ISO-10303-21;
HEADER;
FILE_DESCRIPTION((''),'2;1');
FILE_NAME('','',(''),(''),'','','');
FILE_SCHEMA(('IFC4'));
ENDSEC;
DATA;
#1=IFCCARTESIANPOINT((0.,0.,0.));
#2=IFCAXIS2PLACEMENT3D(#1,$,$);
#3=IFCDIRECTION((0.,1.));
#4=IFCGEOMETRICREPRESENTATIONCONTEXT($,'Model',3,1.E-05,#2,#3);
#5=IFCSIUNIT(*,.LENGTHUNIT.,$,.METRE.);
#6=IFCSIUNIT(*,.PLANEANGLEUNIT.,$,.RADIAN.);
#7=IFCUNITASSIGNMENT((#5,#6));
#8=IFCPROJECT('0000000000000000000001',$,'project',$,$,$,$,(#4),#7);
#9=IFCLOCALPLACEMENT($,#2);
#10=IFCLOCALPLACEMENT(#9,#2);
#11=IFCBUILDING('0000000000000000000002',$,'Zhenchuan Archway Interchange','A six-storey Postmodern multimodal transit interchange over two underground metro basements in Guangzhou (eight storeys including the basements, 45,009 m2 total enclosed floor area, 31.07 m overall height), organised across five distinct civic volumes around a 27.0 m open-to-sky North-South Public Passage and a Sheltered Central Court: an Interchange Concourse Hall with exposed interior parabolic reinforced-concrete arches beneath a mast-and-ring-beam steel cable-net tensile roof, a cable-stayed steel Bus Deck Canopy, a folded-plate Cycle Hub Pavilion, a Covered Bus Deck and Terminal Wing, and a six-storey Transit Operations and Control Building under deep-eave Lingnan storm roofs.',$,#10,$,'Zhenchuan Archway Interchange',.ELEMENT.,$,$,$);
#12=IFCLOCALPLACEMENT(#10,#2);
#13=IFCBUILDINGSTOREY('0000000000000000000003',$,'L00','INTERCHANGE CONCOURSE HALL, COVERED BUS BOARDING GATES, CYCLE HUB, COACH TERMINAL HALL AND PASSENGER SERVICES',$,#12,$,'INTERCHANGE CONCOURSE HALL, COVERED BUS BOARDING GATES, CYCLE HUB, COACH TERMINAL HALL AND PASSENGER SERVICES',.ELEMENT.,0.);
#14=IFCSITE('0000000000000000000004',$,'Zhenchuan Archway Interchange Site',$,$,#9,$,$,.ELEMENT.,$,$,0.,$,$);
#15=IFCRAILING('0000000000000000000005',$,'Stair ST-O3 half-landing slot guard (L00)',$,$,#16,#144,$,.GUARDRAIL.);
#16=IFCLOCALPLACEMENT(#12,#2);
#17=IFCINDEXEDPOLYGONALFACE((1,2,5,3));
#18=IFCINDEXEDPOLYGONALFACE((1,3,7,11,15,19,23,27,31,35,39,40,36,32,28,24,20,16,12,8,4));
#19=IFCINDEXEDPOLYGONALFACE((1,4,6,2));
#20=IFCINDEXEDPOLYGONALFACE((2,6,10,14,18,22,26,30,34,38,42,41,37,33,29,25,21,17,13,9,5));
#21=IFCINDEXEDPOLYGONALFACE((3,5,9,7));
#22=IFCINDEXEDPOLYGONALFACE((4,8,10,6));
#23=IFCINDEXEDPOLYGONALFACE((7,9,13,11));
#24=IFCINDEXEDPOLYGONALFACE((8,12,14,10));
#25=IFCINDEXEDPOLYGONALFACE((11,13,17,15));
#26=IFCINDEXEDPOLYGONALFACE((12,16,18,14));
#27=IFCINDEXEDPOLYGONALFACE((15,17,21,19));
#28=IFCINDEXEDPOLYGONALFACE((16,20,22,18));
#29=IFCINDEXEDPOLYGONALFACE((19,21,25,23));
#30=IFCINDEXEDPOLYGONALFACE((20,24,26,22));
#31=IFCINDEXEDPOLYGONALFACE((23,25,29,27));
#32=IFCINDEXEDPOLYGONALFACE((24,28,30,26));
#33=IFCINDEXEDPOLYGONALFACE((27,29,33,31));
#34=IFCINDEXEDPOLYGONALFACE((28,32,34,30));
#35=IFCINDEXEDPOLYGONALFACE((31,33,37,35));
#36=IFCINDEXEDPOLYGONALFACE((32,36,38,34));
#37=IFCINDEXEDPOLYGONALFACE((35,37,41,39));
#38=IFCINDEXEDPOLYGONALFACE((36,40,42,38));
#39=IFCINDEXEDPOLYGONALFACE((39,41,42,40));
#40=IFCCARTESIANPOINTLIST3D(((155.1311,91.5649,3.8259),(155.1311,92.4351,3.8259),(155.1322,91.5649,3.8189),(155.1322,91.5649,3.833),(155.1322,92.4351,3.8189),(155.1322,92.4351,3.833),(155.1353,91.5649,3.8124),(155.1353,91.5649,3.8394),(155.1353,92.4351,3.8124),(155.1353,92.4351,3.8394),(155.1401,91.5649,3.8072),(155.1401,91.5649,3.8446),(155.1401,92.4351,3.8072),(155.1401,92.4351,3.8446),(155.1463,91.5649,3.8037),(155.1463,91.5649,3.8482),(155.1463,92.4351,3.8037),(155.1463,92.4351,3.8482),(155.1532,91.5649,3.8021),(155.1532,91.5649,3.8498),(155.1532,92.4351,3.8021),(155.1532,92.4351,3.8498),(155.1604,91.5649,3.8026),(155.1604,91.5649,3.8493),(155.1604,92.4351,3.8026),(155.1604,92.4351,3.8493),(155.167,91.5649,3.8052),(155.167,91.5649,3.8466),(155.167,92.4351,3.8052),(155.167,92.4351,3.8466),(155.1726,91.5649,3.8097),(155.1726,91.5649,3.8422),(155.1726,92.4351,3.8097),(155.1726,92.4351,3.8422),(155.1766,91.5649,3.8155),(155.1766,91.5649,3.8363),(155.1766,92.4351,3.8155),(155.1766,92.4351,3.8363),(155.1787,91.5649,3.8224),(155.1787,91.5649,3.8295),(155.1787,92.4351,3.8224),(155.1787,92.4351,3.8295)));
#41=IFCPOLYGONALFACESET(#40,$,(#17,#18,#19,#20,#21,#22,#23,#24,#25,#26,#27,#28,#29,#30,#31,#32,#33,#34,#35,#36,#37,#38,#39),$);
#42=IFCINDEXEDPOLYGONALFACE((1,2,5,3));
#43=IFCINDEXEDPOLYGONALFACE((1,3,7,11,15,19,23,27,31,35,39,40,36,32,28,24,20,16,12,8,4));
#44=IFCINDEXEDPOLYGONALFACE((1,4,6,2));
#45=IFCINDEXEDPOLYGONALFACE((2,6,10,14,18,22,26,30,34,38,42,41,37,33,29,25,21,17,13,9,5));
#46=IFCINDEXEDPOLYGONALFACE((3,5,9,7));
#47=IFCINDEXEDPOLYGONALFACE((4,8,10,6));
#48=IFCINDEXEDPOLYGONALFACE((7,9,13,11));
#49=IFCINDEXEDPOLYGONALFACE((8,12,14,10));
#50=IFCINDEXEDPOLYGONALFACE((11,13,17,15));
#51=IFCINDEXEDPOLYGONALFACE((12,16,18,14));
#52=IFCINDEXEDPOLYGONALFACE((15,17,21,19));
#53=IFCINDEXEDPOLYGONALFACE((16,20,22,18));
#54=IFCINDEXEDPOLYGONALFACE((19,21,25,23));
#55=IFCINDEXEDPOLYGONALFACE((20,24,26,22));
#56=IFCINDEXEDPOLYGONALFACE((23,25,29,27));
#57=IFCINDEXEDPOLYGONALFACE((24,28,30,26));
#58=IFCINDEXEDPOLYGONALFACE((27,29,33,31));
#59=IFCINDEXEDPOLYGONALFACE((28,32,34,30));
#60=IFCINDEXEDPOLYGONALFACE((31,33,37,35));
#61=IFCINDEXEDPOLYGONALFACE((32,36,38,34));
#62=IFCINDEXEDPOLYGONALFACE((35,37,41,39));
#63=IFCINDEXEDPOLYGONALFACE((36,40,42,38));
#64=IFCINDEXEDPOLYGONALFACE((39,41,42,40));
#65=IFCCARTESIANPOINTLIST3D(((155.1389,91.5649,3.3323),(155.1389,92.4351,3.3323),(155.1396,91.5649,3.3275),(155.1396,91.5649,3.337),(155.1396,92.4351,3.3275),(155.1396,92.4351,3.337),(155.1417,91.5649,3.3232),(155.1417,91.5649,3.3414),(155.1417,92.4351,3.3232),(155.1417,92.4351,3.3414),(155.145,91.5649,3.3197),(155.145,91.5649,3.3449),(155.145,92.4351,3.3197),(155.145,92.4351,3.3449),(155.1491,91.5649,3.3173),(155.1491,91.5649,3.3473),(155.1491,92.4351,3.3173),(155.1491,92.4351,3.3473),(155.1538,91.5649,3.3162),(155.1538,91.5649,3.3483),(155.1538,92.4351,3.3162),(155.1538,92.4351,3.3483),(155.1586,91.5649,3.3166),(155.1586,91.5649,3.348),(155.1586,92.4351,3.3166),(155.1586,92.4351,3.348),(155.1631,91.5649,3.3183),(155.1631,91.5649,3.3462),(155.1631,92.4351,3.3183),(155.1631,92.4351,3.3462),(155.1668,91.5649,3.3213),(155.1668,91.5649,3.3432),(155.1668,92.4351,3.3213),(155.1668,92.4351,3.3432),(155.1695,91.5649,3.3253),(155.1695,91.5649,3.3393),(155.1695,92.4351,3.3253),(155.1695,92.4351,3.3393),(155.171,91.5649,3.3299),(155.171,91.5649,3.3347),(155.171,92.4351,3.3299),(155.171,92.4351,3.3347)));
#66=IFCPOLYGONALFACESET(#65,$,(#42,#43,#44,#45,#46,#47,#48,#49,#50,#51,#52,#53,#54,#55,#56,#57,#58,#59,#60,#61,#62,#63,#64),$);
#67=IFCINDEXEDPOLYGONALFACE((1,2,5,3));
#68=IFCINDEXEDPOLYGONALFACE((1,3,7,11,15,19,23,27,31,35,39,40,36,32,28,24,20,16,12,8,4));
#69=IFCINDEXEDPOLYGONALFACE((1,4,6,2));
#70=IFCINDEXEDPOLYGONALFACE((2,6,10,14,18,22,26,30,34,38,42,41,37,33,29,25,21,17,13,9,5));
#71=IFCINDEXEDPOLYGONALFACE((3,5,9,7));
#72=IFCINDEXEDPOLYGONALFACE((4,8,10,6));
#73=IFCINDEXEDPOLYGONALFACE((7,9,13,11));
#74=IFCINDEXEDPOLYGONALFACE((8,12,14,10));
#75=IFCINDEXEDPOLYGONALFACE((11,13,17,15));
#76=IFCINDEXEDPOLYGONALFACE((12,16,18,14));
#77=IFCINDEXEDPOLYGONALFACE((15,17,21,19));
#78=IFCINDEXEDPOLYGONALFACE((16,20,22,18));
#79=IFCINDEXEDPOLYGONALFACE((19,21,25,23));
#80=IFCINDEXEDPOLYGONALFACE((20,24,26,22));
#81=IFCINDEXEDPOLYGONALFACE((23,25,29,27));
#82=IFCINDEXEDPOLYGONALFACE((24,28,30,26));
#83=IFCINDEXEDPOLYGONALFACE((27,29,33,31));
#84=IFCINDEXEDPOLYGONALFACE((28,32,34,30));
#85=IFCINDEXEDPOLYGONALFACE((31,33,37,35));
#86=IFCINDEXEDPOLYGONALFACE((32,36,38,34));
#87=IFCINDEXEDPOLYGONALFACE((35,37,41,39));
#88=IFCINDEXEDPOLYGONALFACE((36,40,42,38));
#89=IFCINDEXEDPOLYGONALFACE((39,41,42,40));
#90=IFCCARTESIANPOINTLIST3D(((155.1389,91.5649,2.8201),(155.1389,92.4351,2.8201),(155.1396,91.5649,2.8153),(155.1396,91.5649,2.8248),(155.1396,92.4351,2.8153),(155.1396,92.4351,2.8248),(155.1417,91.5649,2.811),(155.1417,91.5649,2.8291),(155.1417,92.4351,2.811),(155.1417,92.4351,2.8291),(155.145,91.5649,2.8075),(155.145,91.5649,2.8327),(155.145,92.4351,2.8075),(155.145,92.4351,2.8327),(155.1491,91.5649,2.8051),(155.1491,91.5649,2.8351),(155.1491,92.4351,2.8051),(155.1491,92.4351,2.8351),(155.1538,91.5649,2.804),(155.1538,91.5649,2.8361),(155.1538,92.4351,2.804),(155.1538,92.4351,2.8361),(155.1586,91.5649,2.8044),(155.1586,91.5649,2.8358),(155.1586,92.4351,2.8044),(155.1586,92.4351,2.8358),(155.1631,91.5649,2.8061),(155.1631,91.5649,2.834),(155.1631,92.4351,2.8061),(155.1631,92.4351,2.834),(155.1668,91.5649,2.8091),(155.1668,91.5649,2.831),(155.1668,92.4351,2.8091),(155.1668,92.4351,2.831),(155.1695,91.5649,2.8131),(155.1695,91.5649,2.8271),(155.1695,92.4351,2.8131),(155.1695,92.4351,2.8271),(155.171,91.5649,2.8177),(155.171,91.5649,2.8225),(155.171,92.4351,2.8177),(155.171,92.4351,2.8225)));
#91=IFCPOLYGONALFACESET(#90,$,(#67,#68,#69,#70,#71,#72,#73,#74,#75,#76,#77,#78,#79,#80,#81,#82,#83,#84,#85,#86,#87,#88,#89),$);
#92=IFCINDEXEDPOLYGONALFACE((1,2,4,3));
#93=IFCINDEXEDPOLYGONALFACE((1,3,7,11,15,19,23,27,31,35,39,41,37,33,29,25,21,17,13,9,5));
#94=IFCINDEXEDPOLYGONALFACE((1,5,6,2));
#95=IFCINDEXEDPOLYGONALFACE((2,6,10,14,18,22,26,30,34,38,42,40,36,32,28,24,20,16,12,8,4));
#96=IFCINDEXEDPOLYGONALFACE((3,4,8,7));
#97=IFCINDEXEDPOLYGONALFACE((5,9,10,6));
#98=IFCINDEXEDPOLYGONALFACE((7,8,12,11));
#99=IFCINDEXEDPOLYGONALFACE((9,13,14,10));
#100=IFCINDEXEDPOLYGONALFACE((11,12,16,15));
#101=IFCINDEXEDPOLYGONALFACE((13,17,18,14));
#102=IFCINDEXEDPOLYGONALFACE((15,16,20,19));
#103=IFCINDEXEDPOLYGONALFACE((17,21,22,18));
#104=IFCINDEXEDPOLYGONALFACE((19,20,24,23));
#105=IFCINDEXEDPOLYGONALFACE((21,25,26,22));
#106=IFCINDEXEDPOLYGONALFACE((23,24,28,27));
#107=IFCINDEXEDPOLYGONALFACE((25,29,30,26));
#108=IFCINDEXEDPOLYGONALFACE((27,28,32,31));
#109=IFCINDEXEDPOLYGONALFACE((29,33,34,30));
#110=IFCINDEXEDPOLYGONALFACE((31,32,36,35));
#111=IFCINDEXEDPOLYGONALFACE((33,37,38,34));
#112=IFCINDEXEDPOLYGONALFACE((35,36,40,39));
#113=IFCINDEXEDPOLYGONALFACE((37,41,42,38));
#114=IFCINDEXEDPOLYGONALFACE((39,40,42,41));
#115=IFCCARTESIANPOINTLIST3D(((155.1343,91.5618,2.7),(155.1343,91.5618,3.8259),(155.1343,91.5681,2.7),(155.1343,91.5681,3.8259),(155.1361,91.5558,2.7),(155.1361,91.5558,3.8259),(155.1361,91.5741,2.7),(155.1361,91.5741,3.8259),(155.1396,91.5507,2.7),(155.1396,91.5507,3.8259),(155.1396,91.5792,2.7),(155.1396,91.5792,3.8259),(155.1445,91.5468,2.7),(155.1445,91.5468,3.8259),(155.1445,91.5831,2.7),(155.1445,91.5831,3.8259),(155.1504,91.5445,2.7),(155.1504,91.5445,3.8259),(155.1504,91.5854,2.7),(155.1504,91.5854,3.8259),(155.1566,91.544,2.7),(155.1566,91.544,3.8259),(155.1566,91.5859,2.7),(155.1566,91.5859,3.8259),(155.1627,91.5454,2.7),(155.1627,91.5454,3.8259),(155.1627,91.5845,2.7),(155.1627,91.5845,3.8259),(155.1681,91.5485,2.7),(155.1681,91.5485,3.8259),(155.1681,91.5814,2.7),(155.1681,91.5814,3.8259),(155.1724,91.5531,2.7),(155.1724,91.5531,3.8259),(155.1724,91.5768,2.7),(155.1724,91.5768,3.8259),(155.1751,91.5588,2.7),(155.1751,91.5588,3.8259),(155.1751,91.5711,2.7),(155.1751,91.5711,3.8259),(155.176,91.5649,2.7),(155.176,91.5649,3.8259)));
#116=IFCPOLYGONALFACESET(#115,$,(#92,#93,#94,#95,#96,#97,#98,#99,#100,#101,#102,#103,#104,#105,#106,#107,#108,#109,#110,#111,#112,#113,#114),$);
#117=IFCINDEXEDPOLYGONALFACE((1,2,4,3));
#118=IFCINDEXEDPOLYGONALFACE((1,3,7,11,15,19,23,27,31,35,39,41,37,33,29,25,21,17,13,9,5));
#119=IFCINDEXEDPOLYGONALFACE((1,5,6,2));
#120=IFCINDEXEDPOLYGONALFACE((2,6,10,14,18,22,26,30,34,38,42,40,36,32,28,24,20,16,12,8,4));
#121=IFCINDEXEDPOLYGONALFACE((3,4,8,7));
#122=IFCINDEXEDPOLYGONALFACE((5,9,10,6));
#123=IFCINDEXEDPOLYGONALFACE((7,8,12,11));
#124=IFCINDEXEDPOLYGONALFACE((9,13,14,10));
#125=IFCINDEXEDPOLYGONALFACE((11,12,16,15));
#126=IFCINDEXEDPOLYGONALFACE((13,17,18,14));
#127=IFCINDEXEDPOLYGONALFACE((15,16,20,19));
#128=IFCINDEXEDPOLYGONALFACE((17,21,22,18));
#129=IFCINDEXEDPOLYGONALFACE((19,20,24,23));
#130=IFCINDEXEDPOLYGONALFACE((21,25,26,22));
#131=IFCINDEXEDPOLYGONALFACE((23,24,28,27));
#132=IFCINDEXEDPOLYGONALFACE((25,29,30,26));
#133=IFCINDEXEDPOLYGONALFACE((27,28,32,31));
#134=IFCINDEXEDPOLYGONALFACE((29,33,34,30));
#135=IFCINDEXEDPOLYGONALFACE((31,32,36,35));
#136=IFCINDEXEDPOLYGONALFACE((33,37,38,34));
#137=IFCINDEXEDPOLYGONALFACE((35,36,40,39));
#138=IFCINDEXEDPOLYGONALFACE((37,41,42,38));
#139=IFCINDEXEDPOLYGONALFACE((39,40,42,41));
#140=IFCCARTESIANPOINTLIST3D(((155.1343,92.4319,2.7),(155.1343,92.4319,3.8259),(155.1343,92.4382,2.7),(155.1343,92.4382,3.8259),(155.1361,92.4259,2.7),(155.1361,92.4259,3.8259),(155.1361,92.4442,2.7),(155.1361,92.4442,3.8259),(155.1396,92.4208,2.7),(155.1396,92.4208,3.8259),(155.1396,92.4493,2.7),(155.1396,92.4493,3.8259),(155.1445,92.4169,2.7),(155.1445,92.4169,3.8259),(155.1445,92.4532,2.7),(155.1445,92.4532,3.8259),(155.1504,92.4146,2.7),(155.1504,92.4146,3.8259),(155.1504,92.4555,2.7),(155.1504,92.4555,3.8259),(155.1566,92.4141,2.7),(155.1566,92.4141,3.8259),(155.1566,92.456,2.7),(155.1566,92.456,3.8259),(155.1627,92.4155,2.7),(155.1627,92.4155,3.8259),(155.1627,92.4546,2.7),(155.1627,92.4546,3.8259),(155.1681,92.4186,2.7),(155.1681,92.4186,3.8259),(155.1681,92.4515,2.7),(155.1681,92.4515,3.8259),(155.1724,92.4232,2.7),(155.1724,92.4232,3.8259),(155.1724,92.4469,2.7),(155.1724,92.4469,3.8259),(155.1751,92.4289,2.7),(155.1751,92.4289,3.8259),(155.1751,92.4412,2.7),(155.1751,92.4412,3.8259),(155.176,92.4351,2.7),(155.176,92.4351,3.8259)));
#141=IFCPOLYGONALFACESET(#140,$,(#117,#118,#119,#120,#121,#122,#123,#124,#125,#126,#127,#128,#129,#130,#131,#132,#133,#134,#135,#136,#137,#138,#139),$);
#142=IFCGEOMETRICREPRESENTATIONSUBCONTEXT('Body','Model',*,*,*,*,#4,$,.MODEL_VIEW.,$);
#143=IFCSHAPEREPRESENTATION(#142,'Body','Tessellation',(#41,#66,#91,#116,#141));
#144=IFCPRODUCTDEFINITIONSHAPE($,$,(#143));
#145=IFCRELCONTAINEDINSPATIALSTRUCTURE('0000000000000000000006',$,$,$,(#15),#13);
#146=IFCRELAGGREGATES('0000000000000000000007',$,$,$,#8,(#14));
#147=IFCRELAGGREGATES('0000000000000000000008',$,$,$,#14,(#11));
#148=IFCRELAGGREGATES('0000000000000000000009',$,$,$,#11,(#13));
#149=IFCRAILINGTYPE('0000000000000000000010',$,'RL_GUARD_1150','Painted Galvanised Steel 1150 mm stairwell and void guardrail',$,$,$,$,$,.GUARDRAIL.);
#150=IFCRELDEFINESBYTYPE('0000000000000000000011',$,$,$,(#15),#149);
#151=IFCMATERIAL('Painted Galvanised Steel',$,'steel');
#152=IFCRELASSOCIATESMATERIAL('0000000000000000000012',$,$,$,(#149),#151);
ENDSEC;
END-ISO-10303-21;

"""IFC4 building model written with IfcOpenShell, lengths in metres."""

from ifc_helpers import new_model, si_unit, direction, frame, origin, origin_2d, place, context, subcontext, project, spatial, circle, extrude, material, type_object, element, save


model = new_model("IFC4")

# Units and contexts
model_context = context("Model", 3, precision=1e-05, world=origin(), true_north=direction((0.0, 1.0)))
body_context = subcontext(model_context, "Body", "Model", "MODEL_VIEW")
ifc_project = project(units=[si_unit("LENGTHUNIT", "METRE"), si_unit("PLANEANGLEUNIT", "RADIAN")], contexts=[model_context])

# Site, building, storey
site_placement = place(None, origin())
site = spatial("IfcSite", under=ifc_project, at=site_placement, Name="Zhenchuan Archway Interchange Site", CompositionType="ELEMENT", RefElevation=0.0)
building_placement = place(site_placement, origin())
building = spatial("IfcBuilding", under=site, at=building_placement, Name="Zhenchuan Archway Interchange", Description="A six-storey Postmodern multimodal transit interchange over two underground metro basements in Guangzhou (eight storeys including the basements, 45,009 m2 total enclosed floor area, 31.07 m overall height), organised across five distinct civic volumes around a 27.0 m open-to-sky North-South Public Passage and a Sheltered Central Court: an Interchange Concourse Hall with exposed interior parabolic reinforced-concrete arches beneath a mast-and-ring-beam steel cable-net tensile roof, a cable-stayed steel Bus Deck Canopy, a folded-plate Cycle Hub Pavilion, a Covered Bus Deck and Terminal Wing, and a six-storey Transit Operations and Control Building under deep-eave Lingnan storm roofs.", LongName="Zhenchuan Archway Interchange", CompositionType="ELEMENT")
storey_placement = place(building_placement, origin())
storey = spatial("IfcBuildingStorey", under=building, at=storey_placement, Name="L00", Description="INTERCHANGE CONCOURSE HALL, COVERED BUS BOARDING GATES, CYCLE HUB, COACH TERMINAL HALL AND PASSENGER SERVICES", LongName="INTERCHANGE CONCOURSE HALL, COVERED BUS BOARDING GATES, CYCLE HUB, COACH TERMINAL HALL AND PASSENGER SERVICES", CompositionType="ELEMENT", Elevation=0.0)

# Railing
ifc_material_1 = material(Name="Painted Galvanised Steel", Category="steel")
railing_type_1 = type_object("IfcRailingType", Name="RL_GUARD_1150", Description="Painted Galvanised Steel 1150 mm stairwell and void guardrail", PredefinedType="GUARDRAIL", material=ifc_material_1)
railing_placement = place(storey_placement, frame((155.155, 91.5649, 2.7)))
element("IfcRailing", 1, at=railing_placement, inside=storey, type_object=railing_type_1, Name="Stair ST-O3 half-landing slot guard (L00)", PredefinedType="GUARDRAIL", context=body_context, shape_type="SweptSolid", body=[
    extrude(circle(Radius=0.0239, at=origin_2d()), frame((0.0, 0.0, 1.126), z_axis=(0.0, 1.0, 0.0), x_axis=(-1.0, 0.0, 0.0)), (0.0, 0.0, 1.0), 0.8701),
    extrude(circle(Radius=0.0161, at=origin_2d()), frame((0.0, 0.0, 0.6323), z_axis=(0.0, 1.0, 0.0), x_axis=(-1.0, 0.0, 0.0)), (0.0, 0.0, 1.0), 0.8701),
    extrude(circle(Radius=0.0161, at=origin_2d()), frame((0.0, 0.0, 0.1201), z_axis=(0.0, 1.0, 0.0), x_axis=(-1.0, 0.0, 0.0)), (0.0, 0.0, 1.0), 0.8701),
    extrude(circle(Radius=0.021, at=origin_2d()), origin(), (0.0, 0.0, 1.0), 1.126),
    extrude(circle(Radius=0.021, at=origin_2d()), frame((0.0, 0.8701, 0.0)), (0.0, 0.0, 1.0), 1.126),
])

save(model, "model.ifc")
